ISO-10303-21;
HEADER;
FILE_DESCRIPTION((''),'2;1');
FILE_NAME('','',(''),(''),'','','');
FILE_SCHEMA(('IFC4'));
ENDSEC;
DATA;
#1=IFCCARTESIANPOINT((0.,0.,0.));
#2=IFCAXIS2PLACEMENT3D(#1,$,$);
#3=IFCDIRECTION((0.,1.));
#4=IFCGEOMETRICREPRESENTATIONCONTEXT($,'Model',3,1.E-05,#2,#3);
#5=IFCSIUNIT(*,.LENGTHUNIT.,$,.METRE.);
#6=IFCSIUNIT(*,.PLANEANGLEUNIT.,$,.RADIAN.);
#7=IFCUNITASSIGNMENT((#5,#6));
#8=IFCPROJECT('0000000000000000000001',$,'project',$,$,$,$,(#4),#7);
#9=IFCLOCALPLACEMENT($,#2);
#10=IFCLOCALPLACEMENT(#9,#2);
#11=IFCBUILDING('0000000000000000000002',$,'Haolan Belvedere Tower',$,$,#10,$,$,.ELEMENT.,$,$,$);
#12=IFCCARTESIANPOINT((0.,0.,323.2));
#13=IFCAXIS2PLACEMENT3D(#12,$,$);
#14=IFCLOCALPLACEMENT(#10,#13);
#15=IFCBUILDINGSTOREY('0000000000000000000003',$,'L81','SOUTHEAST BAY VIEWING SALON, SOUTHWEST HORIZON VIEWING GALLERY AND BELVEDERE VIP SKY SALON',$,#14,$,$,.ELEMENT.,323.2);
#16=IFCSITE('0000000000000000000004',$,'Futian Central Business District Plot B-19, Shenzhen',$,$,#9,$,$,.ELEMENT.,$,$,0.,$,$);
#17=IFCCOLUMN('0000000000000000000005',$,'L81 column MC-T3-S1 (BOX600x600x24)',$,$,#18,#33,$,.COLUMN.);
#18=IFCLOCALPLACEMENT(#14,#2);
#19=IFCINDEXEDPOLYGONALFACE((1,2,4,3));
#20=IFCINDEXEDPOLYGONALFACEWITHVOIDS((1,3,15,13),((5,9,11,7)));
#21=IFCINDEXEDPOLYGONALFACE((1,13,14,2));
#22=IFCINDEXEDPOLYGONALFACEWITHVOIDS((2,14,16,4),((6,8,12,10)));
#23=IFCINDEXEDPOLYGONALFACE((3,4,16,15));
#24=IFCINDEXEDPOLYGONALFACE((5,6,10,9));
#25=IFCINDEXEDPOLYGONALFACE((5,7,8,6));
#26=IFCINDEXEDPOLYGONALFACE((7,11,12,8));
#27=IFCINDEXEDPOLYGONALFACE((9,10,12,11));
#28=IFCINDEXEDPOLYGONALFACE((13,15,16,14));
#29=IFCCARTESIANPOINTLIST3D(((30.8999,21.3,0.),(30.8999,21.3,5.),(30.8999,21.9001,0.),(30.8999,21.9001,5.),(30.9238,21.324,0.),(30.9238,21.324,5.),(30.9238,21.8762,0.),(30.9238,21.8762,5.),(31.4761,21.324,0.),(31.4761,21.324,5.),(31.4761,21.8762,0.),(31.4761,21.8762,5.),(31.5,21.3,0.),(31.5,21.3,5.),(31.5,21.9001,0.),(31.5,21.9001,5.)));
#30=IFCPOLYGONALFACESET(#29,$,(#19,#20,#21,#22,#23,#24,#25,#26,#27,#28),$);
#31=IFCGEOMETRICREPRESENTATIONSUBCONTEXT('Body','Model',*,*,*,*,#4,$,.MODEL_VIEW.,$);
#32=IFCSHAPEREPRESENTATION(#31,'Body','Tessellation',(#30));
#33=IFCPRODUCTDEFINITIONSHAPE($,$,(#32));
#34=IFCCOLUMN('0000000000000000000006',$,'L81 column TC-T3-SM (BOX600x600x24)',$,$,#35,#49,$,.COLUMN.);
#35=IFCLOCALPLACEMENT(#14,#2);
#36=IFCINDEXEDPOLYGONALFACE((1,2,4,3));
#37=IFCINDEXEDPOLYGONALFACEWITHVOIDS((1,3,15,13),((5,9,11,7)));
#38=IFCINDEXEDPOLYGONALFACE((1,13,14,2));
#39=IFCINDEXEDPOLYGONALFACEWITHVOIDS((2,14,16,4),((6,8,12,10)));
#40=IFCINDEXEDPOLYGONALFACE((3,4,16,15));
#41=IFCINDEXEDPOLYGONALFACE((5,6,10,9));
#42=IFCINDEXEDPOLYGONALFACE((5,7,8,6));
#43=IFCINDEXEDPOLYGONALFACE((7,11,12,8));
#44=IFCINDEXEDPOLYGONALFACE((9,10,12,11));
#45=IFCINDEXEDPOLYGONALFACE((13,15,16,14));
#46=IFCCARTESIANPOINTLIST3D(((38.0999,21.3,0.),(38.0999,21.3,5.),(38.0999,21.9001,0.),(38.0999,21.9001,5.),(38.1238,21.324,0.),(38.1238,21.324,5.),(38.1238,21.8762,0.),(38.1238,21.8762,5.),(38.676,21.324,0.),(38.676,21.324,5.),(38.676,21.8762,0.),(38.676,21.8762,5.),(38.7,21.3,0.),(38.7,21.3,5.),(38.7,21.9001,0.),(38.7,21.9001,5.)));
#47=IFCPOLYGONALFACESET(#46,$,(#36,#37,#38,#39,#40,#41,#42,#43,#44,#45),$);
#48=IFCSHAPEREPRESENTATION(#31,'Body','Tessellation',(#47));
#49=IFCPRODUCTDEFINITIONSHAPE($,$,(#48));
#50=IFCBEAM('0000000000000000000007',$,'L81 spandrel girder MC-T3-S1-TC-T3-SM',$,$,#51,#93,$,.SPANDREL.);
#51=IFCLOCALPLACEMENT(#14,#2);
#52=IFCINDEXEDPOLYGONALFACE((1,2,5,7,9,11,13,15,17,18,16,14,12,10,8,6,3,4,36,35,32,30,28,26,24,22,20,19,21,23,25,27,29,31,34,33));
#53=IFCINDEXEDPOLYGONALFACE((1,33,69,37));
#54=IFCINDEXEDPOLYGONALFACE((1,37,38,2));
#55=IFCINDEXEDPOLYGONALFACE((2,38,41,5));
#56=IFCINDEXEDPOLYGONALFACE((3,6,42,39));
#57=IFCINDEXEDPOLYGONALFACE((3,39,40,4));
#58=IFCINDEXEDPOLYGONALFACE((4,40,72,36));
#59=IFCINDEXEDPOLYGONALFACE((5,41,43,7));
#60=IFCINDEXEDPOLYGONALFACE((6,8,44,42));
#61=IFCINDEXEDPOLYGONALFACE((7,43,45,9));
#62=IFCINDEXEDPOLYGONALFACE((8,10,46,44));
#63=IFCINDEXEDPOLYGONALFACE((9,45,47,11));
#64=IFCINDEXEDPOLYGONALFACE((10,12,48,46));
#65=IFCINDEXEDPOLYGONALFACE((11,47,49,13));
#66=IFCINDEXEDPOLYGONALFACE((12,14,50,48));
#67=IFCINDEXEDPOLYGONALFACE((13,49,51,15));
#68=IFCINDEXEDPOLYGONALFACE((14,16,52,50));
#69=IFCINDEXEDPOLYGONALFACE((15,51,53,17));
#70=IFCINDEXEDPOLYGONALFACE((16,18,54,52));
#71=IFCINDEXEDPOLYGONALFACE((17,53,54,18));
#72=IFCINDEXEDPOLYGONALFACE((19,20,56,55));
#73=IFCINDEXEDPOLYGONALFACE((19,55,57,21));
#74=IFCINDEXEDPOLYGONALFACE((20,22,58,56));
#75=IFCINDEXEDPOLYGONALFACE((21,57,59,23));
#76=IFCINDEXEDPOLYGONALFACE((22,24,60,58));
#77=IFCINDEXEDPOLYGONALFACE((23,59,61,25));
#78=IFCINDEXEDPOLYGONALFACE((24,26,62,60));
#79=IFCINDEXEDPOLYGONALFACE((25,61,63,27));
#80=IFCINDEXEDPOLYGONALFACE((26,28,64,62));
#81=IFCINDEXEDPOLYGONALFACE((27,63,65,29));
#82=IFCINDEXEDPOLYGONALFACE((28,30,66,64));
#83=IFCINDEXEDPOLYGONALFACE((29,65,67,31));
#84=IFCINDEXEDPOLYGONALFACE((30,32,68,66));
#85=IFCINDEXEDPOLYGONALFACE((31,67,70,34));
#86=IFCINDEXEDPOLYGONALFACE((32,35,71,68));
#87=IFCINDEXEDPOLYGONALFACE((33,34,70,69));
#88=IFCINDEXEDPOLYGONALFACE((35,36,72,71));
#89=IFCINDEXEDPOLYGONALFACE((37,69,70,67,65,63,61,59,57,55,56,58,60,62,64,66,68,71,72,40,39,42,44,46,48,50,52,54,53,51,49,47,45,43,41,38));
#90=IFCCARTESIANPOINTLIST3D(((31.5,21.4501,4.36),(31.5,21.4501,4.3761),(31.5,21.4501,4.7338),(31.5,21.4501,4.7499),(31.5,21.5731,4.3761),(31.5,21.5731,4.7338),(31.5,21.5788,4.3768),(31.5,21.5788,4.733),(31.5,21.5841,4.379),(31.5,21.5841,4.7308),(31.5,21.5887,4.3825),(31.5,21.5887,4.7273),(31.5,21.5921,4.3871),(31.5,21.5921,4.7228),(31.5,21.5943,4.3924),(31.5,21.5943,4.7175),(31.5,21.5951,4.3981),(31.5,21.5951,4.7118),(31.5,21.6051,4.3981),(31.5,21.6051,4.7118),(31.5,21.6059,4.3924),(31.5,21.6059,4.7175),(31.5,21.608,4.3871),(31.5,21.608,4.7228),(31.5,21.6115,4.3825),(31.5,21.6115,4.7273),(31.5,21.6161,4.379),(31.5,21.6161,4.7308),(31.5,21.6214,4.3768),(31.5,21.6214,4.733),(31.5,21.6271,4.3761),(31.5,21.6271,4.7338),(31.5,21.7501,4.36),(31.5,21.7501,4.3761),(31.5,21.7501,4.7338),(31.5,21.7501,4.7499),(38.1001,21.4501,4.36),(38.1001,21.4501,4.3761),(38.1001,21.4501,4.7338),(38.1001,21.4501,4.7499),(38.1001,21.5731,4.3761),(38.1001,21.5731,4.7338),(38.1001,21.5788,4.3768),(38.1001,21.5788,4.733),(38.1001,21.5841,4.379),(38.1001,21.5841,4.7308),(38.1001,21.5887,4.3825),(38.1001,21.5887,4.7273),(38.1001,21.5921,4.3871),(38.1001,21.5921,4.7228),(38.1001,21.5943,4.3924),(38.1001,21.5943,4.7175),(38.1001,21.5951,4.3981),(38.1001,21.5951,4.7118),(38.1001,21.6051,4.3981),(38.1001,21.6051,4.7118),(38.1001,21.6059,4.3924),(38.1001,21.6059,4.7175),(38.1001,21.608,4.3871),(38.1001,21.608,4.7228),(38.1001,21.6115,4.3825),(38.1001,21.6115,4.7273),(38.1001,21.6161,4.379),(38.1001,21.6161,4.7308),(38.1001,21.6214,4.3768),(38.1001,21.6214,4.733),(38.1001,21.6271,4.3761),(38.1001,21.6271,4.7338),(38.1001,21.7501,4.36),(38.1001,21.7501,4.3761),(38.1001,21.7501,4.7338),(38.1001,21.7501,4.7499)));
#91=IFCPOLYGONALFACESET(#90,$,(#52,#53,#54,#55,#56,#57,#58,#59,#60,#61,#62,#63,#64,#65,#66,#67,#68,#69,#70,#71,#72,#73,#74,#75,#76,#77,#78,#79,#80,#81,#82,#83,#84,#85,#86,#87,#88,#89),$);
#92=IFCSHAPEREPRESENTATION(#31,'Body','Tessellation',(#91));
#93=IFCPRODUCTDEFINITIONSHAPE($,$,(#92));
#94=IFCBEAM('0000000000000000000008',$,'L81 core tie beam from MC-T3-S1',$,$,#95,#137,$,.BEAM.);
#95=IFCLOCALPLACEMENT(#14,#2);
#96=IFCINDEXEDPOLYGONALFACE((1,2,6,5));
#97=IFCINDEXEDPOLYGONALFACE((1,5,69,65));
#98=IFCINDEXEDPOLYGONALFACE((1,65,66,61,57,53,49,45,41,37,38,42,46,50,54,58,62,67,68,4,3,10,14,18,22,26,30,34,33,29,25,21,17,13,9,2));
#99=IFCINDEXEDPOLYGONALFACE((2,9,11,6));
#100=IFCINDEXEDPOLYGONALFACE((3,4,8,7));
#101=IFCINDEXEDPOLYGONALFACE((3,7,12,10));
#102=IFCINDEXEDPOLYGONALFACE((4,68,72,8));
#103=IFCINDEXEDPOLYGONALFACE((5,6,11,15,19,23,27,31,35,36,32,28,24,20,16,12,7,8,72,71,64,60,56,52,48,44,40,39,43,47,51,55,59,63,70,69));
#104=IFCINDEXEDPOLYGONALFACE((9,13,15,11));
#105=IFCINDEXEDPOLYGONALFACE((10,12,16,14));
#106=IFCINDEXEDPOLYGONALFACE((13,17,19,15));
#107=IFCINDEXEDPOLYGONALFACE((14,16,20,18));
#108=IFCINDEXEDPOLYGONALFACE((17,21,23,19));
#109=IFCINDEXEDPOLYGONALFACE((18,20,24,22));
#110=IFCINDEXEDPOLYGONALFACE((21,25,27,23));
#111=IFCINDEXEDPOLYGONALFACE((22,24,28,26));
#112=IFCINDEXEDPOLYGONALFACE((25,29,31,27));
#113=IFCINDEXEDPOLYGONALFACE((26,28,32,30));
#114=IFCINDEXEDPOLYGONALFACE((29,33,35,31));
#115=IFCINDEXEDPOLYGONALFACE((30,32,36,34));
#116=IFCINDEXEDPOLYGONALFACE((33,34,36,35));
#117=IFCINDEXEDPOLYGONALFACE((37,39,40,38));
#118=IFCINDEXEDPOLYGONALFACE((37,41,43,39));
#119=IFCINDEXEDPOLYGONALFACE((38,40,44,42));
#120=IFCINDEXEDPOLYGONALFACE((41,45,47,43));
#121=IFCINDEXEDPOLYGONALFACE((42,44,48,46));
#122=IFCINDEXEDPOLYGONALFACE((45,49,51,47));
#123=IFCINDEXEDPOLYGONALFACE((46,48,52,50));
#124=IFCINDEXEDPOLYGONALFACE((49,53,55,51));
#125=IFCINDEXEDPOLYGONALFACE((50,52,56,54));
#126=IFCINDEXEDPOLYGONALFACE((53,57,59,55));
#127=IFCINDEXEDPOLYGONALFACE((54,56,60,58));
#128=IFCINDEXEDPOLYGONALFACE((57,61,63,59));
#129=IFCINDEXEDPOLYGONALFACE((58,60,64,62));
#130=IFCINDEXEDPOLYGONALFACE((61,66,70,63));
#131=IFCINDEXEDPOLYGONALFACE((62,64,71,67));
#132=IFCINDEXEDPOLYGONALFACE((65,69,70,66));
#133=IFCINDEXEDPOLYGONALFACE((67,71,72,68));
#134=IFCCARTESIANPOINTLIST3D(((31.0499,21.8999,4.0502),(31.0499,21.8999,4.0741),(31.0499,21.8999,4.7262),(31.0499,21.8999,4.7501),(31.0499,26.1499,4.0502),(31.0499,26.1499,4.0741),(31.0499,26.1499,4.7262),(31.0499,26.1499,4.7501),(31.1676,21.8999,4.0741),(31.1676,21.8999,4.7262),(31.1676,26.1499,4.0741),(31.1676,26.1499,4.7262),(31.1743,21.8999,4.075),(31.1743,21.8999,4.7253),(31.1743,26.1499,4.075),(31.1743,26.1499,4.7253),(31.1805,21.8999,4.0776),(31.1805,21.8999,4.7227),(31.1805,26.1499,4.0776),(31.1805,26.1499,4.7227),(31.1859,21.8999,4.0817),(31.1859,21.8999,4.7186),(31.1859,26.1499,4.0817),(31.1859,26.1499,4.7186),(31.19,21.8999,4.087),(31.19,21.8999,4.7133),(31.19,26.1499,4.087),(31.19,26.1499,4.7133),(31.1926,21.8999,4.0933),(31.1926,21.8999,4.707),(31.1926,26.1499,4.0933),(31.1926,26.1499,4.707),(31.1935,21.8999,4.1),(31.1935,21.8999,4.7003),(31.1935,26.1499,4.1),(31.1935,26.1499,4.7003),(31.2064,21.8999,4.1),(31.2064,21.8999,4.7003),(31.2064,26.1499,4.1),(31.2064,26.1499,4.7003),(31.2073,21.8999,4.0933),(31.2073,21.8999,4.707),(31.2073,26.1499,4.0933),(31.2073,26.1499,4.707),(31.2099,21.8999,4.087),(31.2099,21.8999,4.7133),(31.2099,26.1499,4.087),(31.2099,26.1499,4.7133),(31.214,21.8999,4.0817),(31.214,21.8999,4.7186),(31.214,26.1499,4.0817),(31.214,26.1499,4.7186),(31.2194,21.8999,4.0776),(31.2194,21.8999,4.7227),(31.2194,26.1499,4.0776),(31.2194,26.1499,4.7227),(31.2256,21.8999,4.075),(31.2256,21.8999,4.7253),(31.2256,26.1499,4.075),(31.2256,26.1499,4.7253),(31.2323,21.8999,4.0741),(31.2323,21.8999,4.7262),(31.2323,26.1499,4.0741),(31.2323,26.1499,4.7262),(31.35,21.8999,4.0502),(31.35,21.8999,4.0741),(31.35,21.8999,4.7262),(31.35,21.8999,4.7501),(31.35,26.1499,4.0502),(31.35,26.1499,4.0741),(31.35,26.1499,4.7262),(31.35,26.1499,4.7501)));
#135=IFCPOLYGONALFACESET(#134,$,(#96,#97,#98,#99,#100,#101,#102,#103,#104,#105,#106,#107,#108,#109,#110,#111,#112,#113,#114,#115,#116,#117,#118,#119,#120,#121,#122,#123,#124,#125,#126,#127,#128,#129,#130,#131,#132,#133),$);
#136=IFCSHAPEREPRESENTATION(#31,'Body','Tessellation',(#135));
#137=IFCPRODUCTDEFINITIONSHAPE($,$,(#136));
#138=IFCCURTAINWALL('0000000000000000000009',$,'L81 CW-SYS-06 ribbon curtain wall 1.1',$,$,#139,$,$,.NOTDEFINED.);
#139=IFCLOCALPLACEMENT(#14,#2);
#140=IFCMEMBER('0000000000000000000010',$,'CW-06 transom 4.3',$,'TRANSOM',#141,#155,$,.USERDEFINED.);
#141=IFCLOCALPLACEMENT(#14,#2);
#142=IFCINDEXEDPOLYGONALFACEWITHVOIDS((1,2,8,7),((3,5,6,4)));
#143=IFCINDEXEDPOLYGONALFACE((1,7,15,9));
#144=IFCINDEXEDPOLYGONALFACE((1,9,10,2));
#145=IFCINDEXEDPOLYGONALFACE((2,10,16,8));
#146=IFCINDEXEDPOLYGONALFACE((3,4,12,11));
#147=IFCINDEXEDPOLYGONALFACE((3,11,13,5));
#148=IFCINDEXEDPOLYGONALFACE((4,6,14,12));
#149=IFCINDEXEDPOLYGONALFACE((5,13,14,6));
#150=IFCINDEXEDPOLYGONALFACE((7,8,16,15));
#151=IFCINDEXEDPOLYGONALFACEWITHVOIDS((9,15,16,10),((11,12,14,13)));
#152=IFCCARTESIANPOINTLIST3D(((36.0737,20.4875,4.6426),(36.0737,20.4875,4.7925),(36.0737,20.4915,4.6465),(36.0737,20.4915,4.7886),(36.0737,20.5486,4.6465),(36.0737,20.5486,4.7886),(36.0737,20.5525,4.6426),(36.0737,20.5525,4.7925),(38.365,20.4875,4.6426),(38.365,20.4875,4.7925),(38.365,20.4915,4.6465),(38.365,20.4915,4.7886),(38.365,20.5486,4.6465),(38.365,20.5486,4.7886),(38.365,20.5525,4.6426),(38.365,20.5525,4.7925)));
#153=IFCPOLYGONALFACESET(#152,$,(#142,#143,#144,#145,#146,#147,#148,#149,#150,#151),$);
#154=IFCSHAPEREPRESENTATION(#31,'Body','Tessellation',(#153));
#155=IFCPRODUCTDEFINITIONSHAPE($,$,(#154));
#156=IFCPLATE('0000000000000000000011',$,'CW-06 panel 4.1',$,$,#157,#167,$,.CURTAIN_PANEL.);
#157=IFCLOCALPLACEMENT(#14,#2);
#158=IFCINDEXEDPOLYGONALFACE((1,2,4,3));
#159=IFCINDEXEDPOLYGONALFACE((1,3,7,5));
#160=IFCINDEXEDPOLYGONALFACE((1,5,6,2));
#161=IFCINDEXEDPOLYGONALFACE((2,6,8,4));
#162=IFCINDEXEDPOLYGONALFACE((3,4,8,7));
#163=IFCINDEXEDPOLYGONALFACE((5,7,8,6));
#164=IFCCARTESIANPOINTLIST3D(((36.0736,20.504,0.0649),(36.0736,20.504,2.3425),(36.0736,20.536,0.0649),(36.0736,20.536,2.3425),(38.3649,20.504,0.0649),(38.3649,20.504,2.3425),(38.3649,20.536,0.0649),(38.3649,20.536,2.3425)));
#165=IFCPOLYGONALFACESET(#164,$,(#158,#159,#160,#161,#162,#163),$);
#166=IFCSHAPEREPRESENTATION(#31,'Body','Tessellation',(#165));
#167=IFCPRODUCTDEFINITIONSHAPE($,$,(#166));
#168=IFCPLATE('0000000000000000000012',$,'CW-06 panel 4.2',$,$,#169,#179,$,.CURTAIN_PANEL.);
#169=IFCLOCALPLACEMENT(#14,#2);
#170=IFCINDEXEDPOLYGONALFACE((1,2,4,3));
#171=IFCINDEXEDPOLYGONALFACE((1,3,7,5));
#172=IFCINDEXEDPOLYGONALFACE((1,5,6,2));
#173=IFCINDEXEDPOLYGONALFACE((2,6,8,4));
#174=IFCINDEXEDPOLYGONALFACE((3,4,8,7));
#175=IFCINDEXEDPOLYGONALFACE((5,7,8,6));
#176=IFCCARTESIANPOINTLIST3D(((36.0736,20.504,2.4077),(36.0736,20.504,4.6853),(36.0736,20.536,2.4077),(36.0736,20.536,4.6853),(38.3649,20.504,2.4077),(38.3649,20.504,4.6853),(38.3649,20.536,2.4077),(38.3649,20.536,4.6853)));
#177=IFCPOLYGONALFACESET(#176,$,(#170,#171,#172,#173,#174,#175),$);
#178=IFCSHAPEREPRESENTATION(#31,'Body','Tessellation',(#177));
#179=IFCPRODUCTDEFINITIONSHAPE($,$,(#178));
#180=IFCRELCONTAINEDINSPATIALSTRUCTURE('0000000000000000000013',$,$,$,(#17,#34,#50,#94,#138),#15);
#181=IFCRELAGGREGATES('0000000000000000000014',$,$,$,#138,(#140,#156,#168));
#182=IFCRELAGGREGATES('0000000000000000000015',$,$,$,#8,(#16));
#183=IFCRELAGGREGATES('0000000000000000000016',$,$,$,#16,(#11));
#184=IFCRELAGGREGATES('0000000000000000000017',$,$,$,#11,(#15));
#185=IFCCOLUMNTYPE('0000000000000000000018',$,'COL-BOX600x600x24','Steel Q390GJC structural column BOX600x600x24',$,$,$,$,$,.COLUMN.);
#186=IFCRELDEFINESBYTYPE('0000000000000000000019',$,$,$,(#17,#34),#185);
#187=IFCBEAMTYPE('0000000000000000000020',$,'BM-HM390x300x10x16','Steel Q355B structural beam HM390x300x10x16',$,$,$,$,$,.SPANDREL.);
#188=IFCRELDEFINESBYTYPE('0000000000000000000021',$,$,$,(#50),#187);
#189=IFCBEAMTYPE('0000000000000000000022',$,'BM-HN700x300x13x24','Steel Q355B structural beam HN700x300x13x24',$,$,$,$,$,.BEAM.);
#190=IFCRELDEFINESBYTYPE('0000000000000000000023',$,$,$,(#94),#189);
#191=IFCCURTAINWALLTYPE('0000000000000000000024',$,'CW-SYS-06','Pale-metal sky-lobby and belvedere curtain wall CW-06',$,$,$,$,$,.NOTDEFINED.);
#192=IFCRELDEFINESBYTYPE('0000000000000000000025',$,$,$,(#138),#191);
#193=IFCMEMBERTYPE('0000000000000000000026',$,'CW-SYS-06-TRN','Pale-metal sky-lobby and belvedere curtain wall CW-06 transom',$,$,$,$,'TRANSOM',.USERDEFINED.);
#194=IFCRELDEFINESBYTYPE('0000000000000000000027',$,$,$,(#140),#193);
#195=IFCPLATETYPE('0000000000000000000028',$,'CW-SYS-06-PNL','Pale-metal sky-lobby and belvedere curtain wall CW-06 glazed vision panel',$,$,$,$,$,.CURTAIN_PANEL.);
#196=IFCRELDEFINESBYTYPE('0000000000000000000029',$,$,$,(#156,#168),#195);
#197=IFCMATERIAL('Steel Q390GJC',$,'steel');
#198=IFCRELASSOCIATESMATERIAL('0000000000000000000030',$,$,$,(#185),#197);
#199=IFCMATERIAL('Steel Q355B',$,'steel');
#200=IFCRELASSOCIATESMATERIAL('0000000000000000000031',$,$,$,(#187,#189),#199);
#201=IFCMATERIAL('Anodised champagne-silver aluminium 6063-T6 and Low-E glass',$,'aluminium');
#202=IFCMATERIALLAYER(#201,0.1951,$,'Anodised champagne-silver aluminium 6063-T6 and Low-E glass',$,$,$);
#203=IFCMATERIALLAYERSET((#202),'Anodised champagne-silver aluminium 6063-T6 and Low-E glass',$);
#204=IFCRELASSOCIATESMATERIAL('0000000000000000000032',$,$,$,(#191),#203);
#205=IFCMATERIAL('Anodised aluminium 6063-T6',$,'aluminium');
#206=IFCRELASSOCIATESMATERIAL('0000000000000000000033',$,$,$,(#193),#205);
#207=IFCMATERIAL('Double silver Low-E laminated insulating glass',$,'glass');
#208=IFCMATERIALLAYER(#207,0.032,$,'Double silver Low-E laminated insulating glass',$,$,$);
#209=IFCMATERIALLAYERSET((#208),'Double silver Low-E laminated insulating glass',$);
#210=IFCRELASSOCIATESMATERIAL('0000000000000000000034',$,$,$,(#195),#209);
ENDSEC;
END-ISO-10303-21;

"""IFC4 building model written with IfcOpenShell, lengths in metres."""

from ifc_helpers import new_model, si_unit, direction, frame, origin, origin_2d, place, context, subcontext, project, spatial, rectangle, hollow_rectangle, i_section, extrude, material, layer, layer_set, material_profile, profile_set, type_object, element, aggregate, save


model = new_model("IFC4")

# Units and contexts
model_context = context("Model", 3, precision=1e-05, world=origin(), true_north=direction((0.0, 1.0)))
body_context = subcontext(model_context, "Body", "Model", "MODEL_VIEW")
ifc_project = project(units=[si_unit("LENGTHUNIT", "METRE"), si_unit("PLANEANGLEUNIT", "RADIAN")], contexts=[model_context])

# Site, building, storey
site_placement = place(None, origin())
site = spatial("IfcSite", under=ifc_project, at=site_placement, Name="Futian Central Business District Plot B-19, Shenzhen", CompositionType="ELEMENT", RefElevation=0.0)
building_placement = place(site_placement, origin())
building = spatial("IfcBuilding", under=site, at=building_placement, Name="Haolan Belvedere Tower", CompositionType="ELEMENT")
storey_placement = place(building_placement, frame((0.0, 0.0, 323.2)))
storey = spatial("IfcBuildingStorey", under=building, at=storey_placement, Name="L81", Description="SOUTHEAST BAY VIEWING SALON, SOUTHWEST HORIZON VIEWING GALLERY AND BELVEDERE VIP SKY SALON", CompositionType="ELEMENT", Elevation=323.2)

# Columns
ifc_material_1 = material(Name="Steel Q390GJC", Category="steel")
ifc_material_profile_1 = material_profile(ifc_material_1, hollow_rectangle(XDim=0.6001, YDim=0.6001, WallThickness=0.0239, at=origin_2d()), Name="Steel Q390GJC")
ifc_profile_set_1 = profile_set([ifc_material_profile_1], Name="Steel Q390GJC")
column_type = type_object("IfcColumnType", Name="COL-BOX600x600x24", Description="Steel Q390GJC structural column BOX600x600x24", PredefinedType="COLUMN", material=ifc_profile_set_1)
for number, where, z_axis, x_axis, name in (
    (1, (31.2, 21.6001, 0.0), (0.0, 0.0, 1.0), (1.0, 0.0, 0.0), "L81 column MC-T3-S1 (BOX600x600x24)"),
    (2, (38.3999, 21.6001, 0.0), (0.0, 0.0, 1.0), (1.0, 0.0, 0.0), "L81 column TC-T3-SM (BOX600x600x24)"),
):
    element("IfcColumn", number, at=place(storey_placement, frame(where, z_axis=z_axis, x_axis=x_axis)), inside=storey, type_object=column_type, Name=name, PredefinedType="COLUMN", context=body_context, shape_type="SweptSolid", body=[
        extrude(hollow_rectangle(XDim=0.6001, YDim=0.6001, WallThickness=0.0239, at=origin_2d()), origin(), (0.0, 0.0, 1.0), 5.0),
    ])

# Beams
ifc_material_2 = material(Name="Steel Q355B", Category="steel")
ifc_material_profile_2 = material_profile(ifc_material_2, i_section(OverallWidth=0.3, OverallDepth=0.3899, WebThickness=0.01, FlangeThickness=0.0161, FilletRadius=0.022, at=origin_2d()), Name="Steel Q355B")
ifc_profile_set_2 = profile_set([ifc_material_profile_2], Name="Steel Q355B")
beam_type_1 = type_object("IfcBeamType", Name="BM-HM390x300x10x16", Description="Steel Q355B structural beam HM390x300x10x16", PredefinedType="SPANDREL", material=ifc_profile_set_2)
beam_1_placement = place(storey_placement, frame((31.5, 21.6001, 4.5549), z_axis=(1.0, 0.0, 0.0), x_axis=(0.0, 1.0, 0.0)))
element("IfcBeam", 3, at=beam_1_placement, inside=storey, type_object=beam_type_1, Name="L81 spandrel girder MC-T3-S1-TC-T3-SM", PredefinedType="SPANDREL", context=body_context, shape_type="SweptSolid", body=[
    extrude(i_section(OverallWidth=0.3, OverallDepth=0.3899, WebThickness=0.01, FlangeThickness=0.0161, FilletRadius=0.022, at=origin_2d()), origin(), (0.0, 0.0, 1.0), 6.6001),
])
ifc_material_profile_3 = material_profile(ifc_material_2, i_section(OverallWidth=0.3, OverallDepth=0.7, WebThickness=0.0129, FlangeThickness=0.0239, FilletRadius=0.0259, at=origin_2d()), Name="Steel Q355B")
ifc_profile_set_3 = profile_set([ifc_material_profile_3], Name="Steel Q355B")
beam_type_2 = type_object("IfcBeamType", Name="BM-HN700x300x13x24", Description="Steel Q355B structural beam HN700x300x13x24", PredefinedType="BEAM", material=ifc_profile_set_3)
beam_2_placement = place(storey_placement, frame((31.2, 21.8999, 4.4001), z_axis=(0.0, 1.0, 0.0), x_axis=(-1.0, 0.0, 0.0)))
element("IfcBeam", 4, at=beam_2_placement, inside=storey, type_object=beam_type_2, Name="L81 core tie beam from MC-T3-S1", PredefinedType="BEAM", context=body_context, shape_type="SweptSolid", body=[
    extrude(i_section(OverallWidth=0.3, OverallDepth=0.7, WebThickness=0.0129, FlangeThickness=0.0239, FilletRadius=0.0259, at=origin_2d()), origin(), (0.0, 0.0, 1.0), 4.25),
])

# Curtain wall, member, plates
ifc_material_3 = material(Name="Anodised champagne-silver aluminium 6063-T6 and Low-E glass", Category="aluminium")
ifc_layer_1 = layer(ifc_material_3, 0.1951, Name="Anodised champagne-silver aluminium 6063-T6 and Low-E glass")
ifc_layer_set_1 = layer_set([ifc_layer_1], Name="Anodised champagne-silver aluminium 6063-T6 and Low-E glass")
curtain_wall_type = type_object("IfcCurtainWallType", Name="CW-SYS-06", Description="Pale-metal sky-lobby and belvedere curtain wall CW-06", PredefinedType="NOTDEFINED", material=ifc_layer_set_1)
curtain_wall_placement = place(storey_placement, origin())
curtain_wall = element("IfcCurtainWall", 5, at=curtain_wall_placement, inside=storey, type_object=curtain_wall_type, Name="L81 CW-SYS-06 ribbon curtain wall 1.1", PredefinedType="NOTDEFINED")
ifc_material_4 = material(Name="Anodised aluminium 6063-T6", Category="aluminium")
ifc_material_profile_4 = material_profile(ifc_material_4, hollow_rectangle(XDim=0.0649, YDim=0.1499, WallThickness=0.0039, at=origin_2d()), Name="Anodised aluminium 6063-T6")
ifc_profile_set_4 = profile_set([ifc_material_profile_4], Name="Anodised aluminium 6063-T6")
member_type = type_object("IfcMemberType", Name="CW-SYS-06-TRN", Description="Pale-metal sky-lobby and belvedere curtain wall CW-06 transom", ElementType="TRANSOM", PredefinedType="USERDEFINED", material=ifc_profile_set_4)
member_placement = place(storey_placement, frame((36.0737, 20.52, 4.7175), z_axis=(1.0, 0.0, 0.0), x_axis=(0.0, 1.0, 0.0)))
member = element("IfcMember", 6, at=member_placement, type_object=member_type, Name="CW-06 transom 4.3", ObjectType="TRANSOM", PredefinedType="USERDEFINED", context=body_context, shape_type="SweptSolid", body=[
    extrude(hollow_rectangle(XDim=0.0649, YDim=0.1499, WallThickness=0.0039, at=origin_2d()), origin(), (0.0, 0.0, 1.0), 2.2913),
])
ifc_material_5 = material(Name="Double silver Low-E laminated insulating glass", Category="glass")
ifc_layer_2 = layer(ifc_material_5, 0.032, Name="Double silver Low-E laminated insulating glass")
ifc_layer_set_2 = layer_set([ifc_layer_2], Name="Double silver Low-E laminated insulating glass")
plate_type_1 = type_object("IfcPlateType", Name="CW-SYS-06-PNL", Description="Pale-metal sky-lobby and belvedere curtain wall CW-06 glazed vision panel", PredefinedType="CURTAIN_PANEL", material=ifc_layer_set_2)
plate_1_placement = place(storey_placement, frame((37.2192, 20.52, 0.0649), z_axis=(0.0, 0.0, 1.0), x_axis=(1.0, 0.0, 0.0)))
plate_1 = element("IfcPlate", 7, at=plate_1_placement, type_object=plate_type_1, Name="CW-06 panel 4.1", PredefinedType="CURTAIN_PANEL", context=body_context, shape_type="SweptSolid", body=[
    extrude(rectangle(XDim=2.2913, YDim=0.032, at=origin_2d()), origin(), (0.0, 0.0, 1.0), 2.2776),
])
plate_2_placement = place(storey_placement, frame((37.2192, 20.52, 2.4077), z_axis=(0.0, 0.0, 1.0), x_axis=(1.0, 0.0, 0.0)))
plate_2 = element("IfcPlate", 8, at=plate_2_placement, type_object=plate_type_1, Name="CW-06 panel 4.2", PredefinedType="CURTAIN_PANEL", context=body_context, shape_type="SweptSolid", body=[
    extrude(rectangle(XDim=2.2913, YDim=0.032, at=origin_2d()), origin(), (0.0, 0.0, 1.0), 2.2776),
])
aggregate(curtain_wall, [member, plate_1, plate_2])

save(model, "model.ifc")
